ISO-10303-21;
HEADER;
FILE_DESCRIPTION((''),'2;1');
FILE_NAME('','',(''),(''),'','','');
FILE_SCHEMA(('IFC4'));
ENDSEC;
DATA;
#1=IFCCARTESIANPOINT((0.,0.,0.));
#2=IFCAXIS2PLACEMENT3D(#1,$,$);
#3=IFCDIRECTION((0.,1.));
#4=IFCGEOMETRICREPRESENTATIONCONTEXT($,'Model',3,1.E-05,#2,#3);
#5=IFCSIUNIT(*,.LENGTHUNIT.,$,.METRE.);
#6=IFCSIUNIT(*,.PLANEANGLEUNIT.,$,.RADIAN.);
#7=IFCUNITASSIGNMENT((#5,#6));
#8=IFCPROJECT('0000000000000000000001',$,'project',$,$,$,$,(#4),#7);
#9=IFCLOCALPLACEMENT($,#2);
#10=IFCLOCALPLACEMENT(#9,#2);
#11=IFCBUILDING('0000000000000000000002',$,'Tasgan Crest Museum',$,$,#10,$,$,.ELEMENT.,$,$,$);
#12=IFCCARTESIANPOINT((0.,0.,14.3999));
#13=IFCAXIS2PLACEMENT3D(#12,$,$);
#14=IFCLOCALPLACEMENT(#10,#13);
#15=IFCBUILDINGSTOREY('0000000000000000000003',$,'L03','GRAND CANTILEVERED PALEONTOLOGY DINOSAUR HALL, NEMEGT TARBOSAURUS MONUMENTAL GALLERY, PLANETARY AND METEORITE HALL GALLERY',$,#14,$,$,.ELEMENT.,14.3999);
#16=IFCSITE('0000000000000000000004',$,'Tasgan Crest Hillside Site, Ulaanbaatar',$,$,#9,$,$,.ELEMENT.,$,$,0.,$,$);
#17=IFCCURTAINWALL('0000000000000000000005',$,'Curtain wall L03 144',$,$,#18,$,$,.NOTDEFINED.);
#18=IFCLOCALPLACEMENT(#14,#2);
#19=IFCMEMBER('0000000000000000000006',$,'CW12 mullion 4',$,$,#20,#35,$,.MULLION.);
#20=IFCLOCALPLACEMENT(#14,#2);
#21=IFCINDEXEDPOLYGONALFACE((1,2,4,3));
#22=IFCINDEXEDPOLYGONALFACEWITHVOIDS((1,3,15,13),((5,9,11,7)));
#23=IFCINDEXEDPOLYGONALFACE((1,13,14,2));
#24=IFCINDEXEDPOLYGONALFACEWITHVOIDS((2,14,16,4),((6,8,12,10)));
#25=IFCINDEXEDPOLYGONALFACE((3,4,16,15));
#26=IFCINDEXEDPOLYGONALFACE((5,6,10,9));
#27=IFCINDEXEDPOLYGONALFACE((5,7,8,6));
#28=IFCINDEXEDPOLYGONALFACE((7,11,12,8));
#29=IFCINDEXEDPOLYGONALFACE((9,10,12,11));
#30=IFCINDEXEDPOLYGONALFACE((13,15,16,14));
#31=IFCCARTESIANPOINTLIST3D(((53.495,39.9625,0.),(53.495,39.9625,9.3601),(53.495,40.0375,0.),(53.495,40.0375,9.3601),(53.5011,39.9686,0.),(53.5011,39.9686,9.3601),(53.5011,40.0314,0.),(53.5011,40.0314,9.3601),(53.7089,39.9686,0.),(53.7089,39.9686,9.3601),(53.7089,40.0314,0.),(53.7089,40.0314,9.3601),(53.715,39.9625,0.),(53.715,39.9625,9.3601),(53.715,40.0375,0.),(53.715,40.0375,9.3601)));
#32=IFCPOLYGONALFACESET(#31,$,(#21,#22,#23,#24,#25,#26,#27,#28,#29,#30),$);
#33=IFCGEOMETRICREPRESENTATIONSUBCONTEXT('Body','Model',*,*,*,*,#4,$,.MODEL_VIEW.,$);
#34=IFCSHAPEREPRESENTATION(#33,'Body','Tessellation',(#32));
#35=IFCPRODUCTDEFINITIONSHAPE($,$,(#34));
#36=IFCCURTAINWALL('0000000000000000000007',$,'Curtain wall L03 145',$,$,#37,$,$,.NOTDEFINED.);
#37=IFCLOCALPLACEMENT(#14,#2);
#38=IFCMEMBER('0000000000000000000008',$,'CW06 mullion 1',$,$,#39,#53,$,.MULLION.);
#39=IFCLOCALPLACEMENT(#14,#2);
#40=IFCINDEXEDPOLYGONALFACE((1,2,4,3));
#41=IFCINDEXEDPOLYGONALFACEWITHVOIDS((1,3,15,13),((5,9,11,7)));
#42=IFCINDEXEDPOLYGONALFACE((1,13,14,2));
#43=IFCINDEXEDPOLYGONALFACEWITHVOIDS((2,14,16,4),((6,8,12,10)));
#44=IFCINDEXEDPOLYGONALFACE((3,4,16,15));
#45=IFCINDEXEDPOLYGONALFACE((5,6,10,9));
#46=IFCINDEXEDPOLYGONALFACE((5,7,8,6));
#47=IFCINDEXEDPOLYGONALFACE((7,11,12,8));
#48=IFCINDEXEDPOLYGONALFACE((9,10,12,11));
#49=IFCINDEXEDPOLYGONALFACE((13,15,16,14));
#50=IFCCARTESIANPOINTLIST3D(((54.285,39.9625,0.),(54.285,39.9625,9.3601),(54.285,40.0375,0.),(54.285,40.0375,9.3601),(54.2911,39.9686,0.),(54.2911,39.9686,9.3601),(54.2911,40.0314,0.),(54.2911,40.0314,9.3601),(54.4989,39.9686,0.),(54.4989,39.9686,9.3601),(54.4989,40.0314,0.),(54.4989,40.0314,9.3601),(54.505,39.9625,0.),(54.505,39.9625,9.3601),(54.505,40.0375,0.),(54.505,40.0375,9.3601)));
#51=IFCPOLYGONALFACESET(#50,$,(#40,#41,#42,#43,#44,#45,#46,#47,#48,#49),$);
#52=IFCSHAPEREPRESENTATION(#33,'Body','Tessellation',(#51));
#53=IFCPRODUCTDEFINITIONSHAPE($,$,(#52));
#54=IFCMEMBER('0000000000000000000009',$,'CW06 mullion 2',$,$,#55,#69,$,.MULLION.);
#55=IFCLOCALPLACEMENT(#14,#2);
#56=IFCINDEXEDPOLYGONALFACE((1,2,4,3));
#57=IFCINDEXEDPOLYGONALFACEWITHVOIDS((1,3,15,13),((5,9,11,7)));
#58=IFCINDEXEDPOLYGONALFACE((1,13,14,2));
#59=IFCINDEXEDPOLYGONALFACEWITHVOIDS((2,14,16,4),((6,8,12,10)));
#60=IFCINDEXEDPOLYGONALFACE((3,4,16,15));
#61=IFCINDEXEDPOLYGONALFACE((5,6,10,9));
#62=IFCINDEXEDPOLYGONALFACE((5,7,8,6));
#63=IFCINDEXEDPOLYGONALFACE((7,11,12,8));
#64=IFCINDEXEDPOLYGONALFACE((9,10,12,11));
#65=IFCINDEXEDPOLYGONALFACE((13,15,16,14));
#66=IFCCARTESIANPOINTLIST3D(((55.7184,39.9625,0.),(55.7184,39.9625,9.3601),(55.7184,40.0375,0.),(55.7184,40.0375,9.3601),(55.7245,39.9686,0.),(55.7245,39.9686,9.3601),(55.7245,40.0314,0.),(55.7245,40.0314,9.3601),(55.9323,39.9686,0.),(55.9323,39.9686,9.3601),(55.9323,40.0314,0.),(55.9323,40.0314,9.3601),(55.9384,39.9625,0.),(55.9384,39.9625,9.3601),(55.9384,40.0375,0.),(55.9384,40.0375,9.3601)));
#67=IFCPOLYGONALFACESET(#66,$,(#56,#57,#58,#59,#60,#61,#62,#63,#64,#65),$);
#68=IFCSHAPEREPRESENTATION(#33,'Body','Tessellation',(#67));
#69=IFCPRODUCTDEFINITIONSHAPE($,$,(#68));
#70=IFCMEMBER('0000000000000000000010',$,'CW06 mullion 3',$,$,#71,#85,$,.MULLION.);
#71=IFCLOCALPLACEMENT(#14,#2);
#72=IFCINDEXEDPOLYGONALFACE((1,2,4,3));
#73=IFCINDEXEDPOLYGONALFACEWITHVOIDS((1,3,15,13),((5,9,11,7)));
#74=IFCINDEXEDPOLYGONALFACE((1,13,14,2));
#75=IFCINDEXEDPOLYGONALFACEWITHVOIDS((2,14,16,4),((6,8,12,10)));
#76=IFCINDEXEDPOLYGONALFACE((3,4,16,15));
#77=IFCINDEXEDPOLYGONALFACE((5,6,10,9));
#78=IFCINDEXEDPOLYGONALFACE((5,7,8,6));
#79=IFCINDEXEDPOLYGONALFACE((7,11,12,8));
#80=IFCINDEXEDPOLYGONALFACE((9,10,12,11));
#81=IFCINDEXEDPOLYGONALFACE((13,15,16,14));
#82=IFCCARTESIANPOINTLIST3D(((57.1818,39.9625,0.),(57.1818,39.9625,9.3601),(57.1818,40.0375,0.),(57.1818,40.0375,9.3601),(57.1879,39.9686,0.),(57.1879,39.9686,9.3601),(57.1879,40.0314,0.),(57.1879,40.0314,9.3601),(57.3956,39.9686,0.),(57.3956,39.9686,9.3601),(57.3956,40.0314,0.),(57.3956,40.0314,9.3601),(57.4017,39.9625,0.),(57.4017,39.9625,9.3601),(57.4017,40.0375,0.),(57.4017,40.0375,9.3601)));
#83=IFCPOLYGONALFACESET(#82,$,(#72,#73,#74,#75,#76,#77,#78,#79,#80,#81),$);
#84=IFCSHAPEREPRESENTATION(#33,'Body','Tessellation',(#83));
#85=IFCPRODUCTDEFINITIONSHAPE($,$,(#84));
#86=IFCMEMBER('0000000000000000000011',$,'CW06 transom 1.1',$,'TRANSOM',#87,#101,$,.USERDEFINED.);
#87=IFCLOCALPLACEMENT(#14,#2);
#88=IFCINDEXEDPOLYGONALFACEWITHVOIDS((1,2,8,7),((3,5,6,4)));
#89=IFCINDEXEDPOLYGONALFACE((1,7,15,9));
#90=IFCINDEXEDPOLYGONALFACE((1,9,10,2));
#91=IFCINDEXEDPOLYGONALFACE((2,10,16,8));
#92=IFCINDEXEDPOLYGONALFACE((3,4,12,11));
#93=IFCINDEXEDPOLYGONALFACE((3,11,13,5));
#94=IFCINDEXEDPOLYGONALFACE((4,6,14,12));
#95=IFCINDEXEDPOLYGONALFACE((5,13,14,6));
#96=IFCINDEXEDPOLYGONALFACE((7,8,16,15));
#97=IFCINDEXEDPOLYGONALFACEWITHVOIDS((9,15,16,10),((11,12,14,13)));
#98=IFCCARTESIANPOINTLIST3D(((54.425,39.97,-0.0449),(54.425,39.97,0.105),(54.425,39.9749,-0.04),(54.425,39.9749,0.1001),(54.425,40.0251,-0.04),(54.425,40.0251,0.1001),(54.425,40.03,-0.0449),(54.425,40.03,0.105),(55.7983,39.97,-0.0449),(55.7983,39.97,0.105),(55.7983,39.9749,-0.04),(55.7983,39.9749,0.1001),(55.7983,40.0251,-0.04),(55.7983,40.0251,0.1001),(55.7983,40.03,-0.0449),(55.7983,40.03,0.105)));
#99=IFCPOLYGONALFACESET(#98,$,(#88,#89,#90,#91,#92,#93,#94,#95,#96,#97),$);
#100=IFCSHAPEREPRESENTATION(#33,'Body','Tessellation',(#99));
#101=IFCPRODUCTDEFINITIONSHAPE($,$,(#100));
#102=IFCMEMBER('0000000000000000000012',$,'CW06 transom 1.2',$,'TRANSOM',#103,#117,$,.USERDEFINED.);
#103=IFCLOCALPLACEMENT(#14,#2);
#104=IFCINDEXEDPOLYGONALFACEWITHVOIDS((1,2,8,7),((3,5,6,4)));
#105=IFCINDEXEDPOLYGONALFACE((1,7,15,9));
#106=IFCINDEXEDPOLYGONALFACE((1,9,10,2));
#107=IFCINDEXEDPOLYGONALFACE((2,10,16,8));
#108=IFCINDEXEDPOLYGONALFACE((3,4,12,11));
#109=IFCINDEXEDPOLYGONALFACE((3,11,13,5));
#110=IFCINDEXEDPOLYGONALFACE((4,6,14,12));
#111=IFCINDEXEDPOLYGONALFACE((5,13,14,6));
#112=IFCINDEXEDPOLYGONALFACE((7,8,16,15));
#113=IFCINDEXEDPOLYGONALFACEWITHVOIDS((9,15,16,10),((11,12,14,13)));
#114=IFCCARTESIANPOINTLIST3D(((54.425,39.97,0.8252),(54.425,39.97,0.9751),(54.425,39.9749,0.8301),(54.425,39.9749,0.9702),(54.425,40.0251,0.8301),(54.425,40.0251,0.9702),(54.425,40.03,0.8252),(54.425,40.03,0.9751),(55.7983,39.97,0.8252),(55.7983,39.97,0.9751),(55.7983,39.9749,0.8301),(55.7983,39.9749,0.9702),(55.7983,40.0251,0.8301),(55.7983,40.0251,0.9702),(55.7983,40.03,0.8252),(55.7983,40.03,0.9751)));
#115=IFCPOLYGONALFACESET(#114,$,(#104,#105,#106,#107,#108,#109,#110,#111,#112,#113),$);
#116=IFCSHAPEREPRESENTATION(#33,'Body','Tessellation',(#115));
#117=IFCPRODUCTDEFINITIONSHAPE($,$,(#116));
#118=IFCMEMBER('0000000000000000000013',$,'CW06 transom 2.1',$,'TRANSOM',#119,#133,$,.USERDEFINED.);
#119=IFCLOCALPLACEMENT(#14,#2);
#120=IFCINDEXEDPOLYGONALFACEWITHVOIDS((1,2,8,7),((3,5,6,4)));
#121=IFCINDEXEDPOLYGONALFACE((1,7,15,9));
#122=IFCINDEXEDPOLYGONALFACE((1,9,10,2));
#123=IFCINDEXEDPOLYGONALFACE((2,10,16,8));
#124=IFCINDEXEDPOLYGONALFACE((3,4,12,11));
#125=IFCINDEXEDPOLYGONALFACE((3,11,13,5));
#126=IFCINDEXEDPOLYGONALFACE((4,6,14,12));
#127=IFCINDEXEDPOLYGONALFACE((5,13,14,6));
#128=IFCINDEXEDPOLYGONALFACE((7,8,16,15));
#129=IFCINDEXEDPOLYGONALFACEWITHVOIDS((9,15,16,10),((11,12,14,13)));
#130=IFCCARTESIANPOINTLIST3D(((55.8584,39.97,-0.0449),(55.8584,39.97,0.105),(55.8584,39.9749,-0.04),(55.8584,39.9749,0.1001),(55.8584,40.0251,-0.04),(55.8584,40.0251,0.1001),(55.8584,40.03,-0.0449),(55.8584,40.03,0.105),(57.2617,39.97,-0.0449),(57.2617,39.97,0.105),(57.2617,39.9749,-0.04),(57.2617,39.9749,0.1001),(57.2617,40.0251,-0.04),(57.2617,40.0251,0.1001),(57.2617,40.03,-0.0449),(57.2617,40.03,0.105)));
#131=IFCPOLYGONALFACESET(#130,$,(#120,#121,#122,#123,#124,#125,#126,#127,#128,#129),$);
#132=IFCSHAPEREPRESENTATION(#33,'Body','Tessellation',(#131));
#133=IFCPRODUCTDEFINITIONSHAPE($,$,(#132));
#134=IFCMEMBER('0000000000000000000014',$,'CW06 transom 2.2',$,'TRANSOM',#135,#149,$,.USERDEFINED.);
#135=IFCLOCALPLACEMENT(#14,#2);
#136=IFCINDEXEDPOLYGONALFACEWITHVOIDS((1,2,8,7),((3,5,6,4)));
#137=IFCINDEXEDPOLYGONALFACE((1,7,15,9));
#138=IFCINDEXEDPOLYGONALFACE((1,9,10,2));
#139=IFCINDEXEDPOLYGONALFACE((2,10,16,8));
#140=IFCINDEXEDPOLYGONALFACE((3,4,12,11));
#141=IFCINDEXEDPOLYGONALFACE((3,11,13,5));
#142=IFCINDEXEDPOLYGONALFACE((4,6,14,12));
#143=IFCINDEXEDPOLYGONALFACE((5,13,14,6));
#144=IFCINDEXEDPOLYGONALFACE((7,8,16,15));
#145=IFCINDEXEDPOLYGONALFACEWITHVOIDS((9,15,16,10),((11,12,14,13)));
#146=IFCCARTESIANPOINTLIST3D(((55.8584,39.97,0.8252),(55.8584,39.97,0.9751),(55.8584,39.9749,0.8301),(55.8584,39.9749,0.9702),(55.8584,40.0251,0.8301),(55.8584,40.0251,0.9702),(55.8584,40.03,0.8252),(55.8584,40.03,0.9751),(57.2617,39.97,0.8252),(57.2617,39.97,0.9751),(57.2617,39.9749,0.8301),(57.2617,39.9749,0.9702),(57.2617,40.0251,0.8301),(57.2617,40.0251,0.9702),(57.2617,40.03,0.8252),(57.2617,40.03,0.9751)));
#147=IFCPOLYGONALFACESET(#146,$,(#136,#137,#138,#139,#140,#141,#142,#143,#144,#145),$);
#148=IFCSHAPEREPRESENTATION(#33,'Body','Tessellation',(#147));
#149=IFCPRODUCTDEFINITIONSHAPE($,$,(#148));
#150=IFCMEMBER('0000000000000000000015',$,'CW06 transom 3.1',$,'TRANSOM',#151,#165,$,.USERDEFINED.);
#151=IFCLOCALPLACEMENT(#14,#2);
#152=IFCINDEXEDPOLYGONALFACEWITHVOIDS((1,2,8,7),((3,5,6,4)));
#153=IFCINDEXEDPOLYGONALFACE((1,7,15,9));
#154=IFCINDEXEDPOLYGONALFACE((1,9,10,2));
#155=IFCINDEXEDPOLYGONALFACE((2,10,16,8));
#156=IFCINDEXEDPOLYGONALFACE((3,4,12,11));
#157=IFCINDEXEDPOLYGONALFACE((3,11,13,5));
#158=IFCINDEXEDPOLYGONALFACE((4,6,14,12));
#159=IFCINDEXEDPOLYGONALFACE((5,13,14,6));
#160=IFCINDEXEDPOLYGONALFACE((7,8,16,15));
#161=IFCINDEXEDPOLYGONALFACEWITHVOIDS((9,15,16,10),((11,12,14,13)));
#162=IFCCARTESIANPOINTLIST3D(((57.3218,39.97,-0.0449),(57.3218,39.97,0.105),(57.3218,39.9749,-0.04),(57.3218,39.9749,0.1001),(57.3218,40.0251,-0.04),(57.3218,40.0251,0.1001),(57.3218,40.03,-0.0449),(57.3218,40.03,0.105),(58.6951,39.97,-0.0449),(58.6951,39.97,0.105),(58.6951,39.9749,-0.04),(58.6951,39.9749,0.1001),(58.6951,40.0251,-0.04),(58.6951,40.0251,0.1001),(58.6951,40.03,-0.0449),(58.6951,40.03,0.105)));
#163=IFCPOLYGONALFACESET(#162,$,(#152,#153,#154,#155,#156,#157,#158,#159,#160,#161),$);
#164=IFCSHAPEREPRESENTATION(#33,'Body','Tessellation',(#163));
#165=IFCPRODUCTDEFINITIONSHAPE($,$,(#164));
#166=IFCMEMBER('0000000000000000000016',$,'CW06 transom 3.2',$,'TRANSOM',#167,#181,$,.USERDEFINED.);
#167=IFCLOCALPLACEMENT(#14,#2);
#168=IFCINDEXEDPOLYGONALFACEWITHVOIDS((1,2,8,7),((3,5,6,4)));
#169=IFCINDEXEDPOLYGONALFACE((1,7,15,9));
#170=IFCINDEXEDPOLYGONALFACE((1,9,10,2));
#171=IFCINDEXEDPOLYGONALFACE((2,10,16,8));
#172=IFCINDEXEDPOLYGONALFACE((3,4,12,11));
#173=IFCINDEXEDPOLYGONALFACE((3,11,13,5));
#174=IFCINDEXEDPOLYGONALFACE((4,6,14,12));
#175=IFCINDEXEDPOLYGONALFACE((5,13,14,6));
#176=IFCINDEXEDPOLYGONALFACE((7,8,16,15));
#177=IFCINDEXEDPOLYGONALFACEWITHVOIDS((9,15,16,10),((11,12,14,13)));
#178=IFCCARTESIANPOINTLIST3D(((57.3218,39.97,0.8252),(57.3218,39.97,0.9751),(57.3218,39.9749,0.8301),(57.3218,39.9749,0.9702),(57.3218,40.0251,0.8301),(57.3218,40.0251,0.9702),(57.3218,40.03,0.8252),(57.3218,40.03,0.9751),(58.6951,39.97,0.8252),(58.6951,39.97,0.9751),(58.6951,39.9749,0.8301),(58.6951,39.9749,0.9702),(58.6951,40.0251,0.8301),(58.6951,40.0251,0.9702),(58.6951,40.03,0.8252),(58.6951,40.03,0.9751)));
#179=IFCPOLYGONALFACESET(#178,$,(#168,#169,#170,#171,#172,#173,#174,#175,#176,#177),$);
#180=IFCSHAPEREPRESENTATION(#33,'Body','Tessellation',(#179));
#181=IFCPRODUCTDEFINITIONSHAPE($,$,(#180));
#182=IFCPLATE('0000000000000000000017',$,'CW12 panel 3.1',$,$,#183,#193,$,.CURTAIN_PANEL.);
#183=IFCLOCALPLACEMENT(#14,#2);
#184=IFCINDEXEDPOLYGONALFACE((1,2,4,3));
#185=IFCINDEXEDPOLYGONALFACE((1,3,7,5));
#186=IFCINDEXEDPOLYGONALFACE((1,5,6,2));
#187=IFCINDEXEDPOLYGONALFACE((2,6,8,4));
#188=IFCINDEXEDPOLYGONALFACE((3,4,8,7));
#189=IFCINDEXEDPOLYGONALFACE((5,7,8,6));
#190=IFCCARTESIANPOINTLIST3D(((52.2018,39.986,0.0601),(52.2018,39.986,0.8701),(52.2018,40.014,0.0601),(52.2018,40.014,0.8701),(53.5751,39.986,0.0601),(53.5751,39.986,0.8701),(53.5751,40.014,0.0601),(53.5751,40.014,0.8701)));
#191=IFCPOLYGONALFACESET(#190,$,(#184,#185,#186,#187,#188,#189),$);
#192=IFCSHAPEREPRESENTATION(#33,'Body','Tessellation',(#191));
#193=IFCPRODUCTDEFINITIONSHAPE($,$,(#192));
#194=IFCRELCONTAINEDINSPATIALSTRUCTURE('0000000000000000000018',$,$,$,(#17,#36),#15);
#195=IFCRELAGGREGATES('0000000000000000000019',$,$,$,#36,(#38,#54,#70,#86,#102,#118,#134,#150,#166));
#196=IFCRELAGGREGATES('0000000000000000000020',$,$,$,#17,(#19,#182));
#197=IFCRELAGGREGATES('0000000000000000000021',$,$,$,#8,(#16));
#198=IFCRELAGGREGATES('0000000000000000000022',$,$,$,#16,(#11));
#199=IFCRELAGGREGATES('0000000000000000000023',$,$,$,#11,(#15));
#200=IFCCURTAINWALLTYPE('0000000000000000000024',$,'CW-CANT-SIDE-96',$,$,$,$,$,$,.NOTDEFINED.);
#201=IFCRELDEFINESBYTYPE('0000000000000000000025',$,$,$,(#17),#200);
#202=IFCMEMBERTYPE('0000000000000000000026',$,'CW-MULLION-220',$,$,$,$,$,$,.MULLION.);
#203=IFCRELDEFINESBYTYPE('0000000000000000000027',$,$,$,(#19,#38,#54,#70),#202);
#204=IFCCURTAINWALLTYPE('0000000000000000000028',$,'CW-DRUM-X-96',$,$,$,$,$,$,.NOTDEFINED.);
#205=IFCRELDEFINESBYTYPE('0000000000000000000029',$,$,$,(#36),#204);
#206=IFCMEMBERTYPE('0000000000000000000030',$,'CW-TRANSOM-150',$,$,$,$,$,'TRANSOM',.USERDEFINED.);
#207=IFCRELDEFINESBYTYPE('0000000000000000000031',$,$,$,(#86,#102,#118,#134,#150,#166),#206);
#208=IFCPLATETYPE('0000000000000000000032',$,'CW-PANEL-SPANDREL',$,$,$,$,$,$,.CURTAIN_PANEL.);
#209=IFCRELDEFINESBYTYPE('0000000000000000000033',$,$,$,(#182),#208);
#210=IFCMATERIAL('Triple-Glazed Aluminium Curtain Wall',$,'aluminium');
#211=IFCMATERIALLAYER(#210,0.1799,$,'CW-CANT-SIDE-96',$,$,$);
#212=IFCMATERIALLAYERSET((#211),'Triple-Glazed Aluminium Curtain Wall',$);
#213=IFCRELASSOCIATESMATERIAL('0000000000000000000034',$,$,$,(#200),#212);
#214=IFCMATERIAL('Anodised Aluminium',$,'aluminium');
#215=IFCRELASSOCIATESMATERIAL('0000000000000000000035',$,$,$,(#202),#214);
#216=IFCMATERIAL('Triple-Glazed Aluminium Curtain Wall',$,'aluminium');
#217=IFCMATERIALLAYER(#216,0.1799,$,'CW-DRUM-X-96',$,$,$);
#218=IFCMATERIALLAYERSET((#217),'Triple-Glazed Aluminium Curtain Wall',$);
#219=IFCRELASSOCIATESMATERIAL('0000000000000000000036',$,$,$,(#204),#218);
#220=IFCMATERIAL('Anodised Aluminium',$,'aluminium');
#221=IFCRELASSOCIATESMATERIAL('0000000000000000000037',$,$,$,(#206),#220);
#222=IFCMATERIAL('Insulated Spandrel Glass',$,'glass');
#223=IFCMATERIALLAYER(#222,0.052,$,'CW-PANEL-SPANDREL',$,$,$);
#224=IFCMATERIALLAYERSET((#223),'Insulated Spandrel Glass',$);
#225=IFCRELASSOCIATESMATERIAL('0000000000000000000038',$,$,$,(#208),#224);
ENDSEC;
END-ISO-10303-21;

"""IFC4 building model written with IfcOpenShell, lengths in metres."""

from ifc_helpers import new_model, si_unit, direction, frame, origin, origin_2d, place, context, subcontext, project, spatial, rectangle, hollow_rectangle, extrude, material, layer, layer_set, material_profile, profile_set, type_object, element, aggregate, save


model = new_model("IFC4")

# Units and contexts
model_context = context("Model", 3, precision=1e-05, world=origin(), true_north=direction((0.0, 1.0)))
body_context = subcontext(model_context, "Body", "Model", "MODEL_VIEW")
ifc_project = project(units=[si_unit("LENGTHUNIT", "METRE"), si_unit("PLANEANGLEUNIT", "RADIAN")], contexts=[model_context])

# Site, building, storey
site_placement = place(None, origin())
site = spatial("IfcSite", under=ifc_project, at=site_placement, Name="Tasgan Crest Hillside Site, Ulaanbaatar", CompositionType="ELEMENT", RefElevation=0.0)
building_placement = place(site_placement, origin())
building = spatial("IfcBuilding", under=site, at=building_placement, Name="Tasgan Crest Museum", CompositionType="ELEMENT")
storey_placement = place(building_placement, frame((0.0, 0.0, 14.3999)))
storey = spatial("IfcBuildingStorey", under=building, at=storey_placement, Name="L03", Description="GRAND CANTILEVERED PALEONTOLOGY DINOSAUR HALL, NEMEGT TARBOSAURUS MONUMENTAL GALLERY, PLANETARY AND METEORITE HALL GALLERY", CompositionType="ELEMENT", Elevation=14.3999)

# Curtain wall, member
ifc_material_1 = material(Name="Triple-Glazed Aluminium Curtain Wall", Category="aluminium")
ifc_layer_1 = layer(ifc_material_1, 0.1799, Name="CW-CANT-SIDE-96")
ifc_layer_set_1 = layer_set([ifc_layer_1], Name="Triple-Glazed Aluminium Curtain Wall")
curtain_wall_type_1 = type_object("IfcCurtainWallType", Name="CW-CANT-SIDE-96", PredefinedType="NOTDEFINED", material=ifc_layer_set_1)
curtain_wall_1_placement = place(storey_placement, origin())
curtain_wall_1 = element("IfcCurtainWall", 1, at=curtain_wall_1_placement, inside=storey, type_object=curtain_wall_type_1, Name="Curtain wall L03 144", PredefinedType="NOTDEFINED")
ifc_material_2 = material(Name="Anodised Aluminium", Category="aluminium")
ifc_material_profile_1 = material_profile(ifc_material_2, hollow_rectangle(XDim=0.075, YDim=0.22, WallThickness=0.0061, at=origin_2d()), Name="ALU MULLION 220x75x6")
ifc_profile_set_1 = profile_set([ifc_material_profile_1], Name="Anodised Aluminium")
member_type_1 = type_object("IfcMemberType", Name="CW-MULLION-220", PredefinedType="MULLION", material=ifc_profile_set_1)
member_1_placement = place(storey_placement, frame((53.605, 40.0, 0.0), z_axis=(0.0, 0.0, 1.0), x_axis=(0.0, 1.0, 0.0)))
member_1 = element("IfcMember", 2, at=member_1_placement, type_object=member_type_1, Name="CW12 mullion 4", PredefinedType="MULLION", context=body_context, shape_type="SweptSolid", body=[
    extrude(hollow_rectangle(XDim=0.075, YDim=0.22, WallThickness=0.0061, at=origin_2d()), origin(), (0.0, 0.0, 1.0), 9.3601),
])

# Curtain wall, members
ifc_material_3 = material(Name="Triple-Glazed Aluminium Curtain Wall", Category="aluminium")
ifc_layer_2 = layer(ifc_material_3, 0.1799, Name="CW-DRUM-X-96")
ifc_layer_set_2 = layer_set([ifc_layer_2], Name="Triple-Glazed Aluminium Curtain Wall")
curtain_wall_type_2 = type_object("IfcCurtainWallType", Name="CW-DRUM-X-96", PredefinedType="NOTDEFINED", material=ifc_layer_set_2)
curtain_wall_2_placement = place(storey_placement, origin())
curtain_wall_2 = element("IfcCurtainWall", 3, at=curtain_wall_2_placement, inside=storey, type_object=curtain_wall_type_2, Name="Curtain wall L03 145", PredefinedType="NOTDEFINED")
member_2_placement = place(storey_placement, frame((54.395, 40.0, 0.0), z_axis=(0.0, 0.0, 1.0), x_axis=(0.0, 1.0, 0.0)))
member_2 = element("IfcMember", 4, at=member_2_placement, type_object=member_type_1, Name="CW06 mullion 1", PredefinedType="MULLION", context=body_context, shape_type="SweptSolid", body=[
    extrude(hollow_rectangle(XDim=0.075, YDim=0.22, WallThickness=0.0061, at=origin_2d()), origin(), (0.0, 0.0, 1.0), 9.3601),
])
member_3_placement = place(storey_placement, frame((55.8284, 40.0, 0.0), z_axis=(0.0, 0.0, 1.0), x_axis=(0.0, 1.0, 0.0)))
member_3 = element("IfcMember", 5, at=member_3_placement, type_object=member_type_1, Name="CW06 mullion 2", PredefinedType="MULLION", context=body_context, shape_type="SweptSolid", body=[
    extrude(hollow_rectangle(XDim=0.075, YDim=0.22, WallThickness=0.0061, at=origin_2d()), origin(), (0.0, 0.0, 1.0), 9.3601),
])
member_4_placement = place(storey_placement, frame((57.2917, 40.0, 0.0), z_axis=(0.0, 0.0, 1.0), x_axis=(0.0, 1.0, 0.0)))
member_4 = element("IfcMember", 6, at=member_4_placement, type_object=member_type_1, Name="CW06 mullion 3", PredefinedType="MULLION", context=body_context, shape_type="SweptSolid", body=[
    extrude(hollow_rectangle(XDim=0.075, YDim=0.22, WallThickness=0.0061, at=origin_2d()), origin(), (0.0, 0.0, 1.0), 9.3601),
])
ifc_material_4 = material(Name="Anodised Aluminium", Category="aluminium")
ifc_material_profile_2 = material_profile(ifc_material_4, hollow_rectangle(XDim=0.0601, YDim=0.1499, WallThickness=0.0049, at=origin_2d()), Name="ALU TRANSOM 150x60x5")
ifc_profile_set_2 = profile_set([ifc_material_profile_2], Name="Anodised Aluminium")
member_type_2 = type_object("IfcMemberType", Name="CW-TRANSOM-150", ElementType="TRANSOM", PredefinedType="USERDEFINED", material=ifc_profile_set_2)
member_5_placement = place(storey_placement, frame((54.425, 40.0, 0.03), z_axis=(1.0, 0.0, 0.0), x_axis=(0.0, 1.0, 0.0)))
member_5 = element("IfcMember", 7, at=member_5_placement, type_object=member_type_2, Name="CW06 transom 1.1", ObjectType="TRANSOM", PredefinedType="USERDEFINED", context=body_context, shape_type="SweptSolid", body=[
    extrude(hollow_rectangle(XDim=0.0601, YDim=0.1499, WallThickness=0.0049, at=origin_2d()), origin(), (0.0, 0.0, 1.0), 1.3733),
])
member_6_placement = place(storey_placement, frame((54.425, 40.0, 0.9001), z_axis=(1.0, 0.0, 0.0), x_axis=(0.0, 1.0, 0.0)))
member_6 = element("IfcMember", 8, at=member_6_placement, type_object=member_type_2, Name="CW06 transom 1.2", ObjectType="TRANSOM", PredefinedType="USERDEFINED", context=body_context, shape_type="SweptSolid", body=[
    extrude(hollow_rectangle(XDim=0.0601, YDim=0.1499, WallThickness=0.0049, at=origin_2d()), origin(), (0.0, 0.0, 1.0), 1.3733),
])
member_7_placement = place(storey_placement, frame((55.8584, 40.0, 0.03), z_axis=(1.0, 0.0, 0.0), x_axis=(0.0, 1.0, 0.0)))
member_7 = element("IfcMember", 9, at=member_7_placement, type_object=member_type_2, Name="CW06 transom 2.1", ObjectType="TRANSOM", PredefinedType="USERDEFINED", context=body_context, shape_type="SweptSolid", body=[
    extrude(hollow_rectangle(XDim=0.0601, YDim=0.1499, WallThickness=0.0049, at=origin_2d()), origin(), (0.0, 0.0, 1.0), 1.4033),
])
member_8_placement = place(storey_placement, frame((55.8584, 40.0, 0.9001), z_axis=(1.0, 0.0, 0.0), x_axis=(0.0, 1.0, 0.0)))
member_8 = element("IfcMember", 10, at=member_8_placement, type_object=member_type_2, Name="CW06 transom 2.2", ObjectType="TRANSOM", PredefinedType="USERDEFINED", context=body_context, shape_type="SweptSolid", body=[
    extrude(hollow_rectangle(XDim=0.0601, YDim=0.1499, WallThickness=0.0049, at=origin_2d()), origin(), (0.0, 0.0, 1.0), 1.4033),
])
member_9_placement = place(storey_placement, frame((57.3218, 40.0, 0.03), z_axis=(1.0, 0.0, 0.0), x_axis=(0.0, 1.0, 0.0)))
member_9 = element("IfcMember", 11, at=member_9_placement, type_object=member_type_2, Name="CW06 transom 3.1", ObjectType="TRANSOM", PredefinedType="USERDEFINED", context=body_context, shape_type="SweptSolid", body=[
    extrude(hollow_rectangle(XDim=0.0601, YDim=0.1499, WallThickness=0.0049, at=origin_2d()), origin(), (0.0, 0.0, 1.0), 1.3733),
])
member_10_placement = place(storey_placement, frame((57.3218, 40.0, 0.9001), z_axis=(1.0, 0.0, 0.0), x_axis=(0.0, 1.0, 0.0)))
member_10 = element("IfcMember", 12, at=member_10_placement, type_object=member_type_2, Name="CW06 transom 3.2", ObjectType="TRANSOM", PredefinedType="USERDEFINED", context=body_context, shape_type="SweptSolid", body=[
    extrude(hollow_rectangle(XDim=0.0601, YDim=0.1499, WallThickness=0.0049, at=origin_2d()), origin(), (0.0, 0.0, 1.0), 1.3733),
])

# Plate
ifc_material_5 = material(Name="Insulated Spandrel Glass", Category="glass")
ifc_layer_3 = layer(ifc_material_5, 0.052, Name="CW-PANEL-SPANDREL")
ifc_layer_set_3 = layer_set([ifc_layer_3], Name="Insulated Spandrel Glass")
plate_type_1 = type_object("IfcPlateType", Name="CW-PANEL-SPANDREL", PredefinedType="CURTAIN_PANEL", material=ifc_layer_set_3)
plate_1_placement = place(storey_placement, frame((52.8884, 40.0, 0.0601), z_axis=(0.0, 0.0, 1.0), x_axis=(1.0, 0.0, 0.0)))
plate_1 = element("IfcPlate", 13, at=plate_1_placement, type_object=plate_type_1, Name="CW12 panel 3.1", PredefinedType="CURTAIN_PANEL", context=body_context, shape_type="SweptSolid", body=[
    extrude(rectangle(XDim=1.3733, YDim=0.0281, at=origin_2d()), origin(), (0.0, 0.0, 1.0), 0.8101),
])
aggregate(curtain_wall_2, [member_2, member_3, member_4, member_5, member_6, member_7, member_8, member_9, member_10])
aggregate(curtain_wall_1, [member_1, plate_1])

save(model, "model.ifc")
